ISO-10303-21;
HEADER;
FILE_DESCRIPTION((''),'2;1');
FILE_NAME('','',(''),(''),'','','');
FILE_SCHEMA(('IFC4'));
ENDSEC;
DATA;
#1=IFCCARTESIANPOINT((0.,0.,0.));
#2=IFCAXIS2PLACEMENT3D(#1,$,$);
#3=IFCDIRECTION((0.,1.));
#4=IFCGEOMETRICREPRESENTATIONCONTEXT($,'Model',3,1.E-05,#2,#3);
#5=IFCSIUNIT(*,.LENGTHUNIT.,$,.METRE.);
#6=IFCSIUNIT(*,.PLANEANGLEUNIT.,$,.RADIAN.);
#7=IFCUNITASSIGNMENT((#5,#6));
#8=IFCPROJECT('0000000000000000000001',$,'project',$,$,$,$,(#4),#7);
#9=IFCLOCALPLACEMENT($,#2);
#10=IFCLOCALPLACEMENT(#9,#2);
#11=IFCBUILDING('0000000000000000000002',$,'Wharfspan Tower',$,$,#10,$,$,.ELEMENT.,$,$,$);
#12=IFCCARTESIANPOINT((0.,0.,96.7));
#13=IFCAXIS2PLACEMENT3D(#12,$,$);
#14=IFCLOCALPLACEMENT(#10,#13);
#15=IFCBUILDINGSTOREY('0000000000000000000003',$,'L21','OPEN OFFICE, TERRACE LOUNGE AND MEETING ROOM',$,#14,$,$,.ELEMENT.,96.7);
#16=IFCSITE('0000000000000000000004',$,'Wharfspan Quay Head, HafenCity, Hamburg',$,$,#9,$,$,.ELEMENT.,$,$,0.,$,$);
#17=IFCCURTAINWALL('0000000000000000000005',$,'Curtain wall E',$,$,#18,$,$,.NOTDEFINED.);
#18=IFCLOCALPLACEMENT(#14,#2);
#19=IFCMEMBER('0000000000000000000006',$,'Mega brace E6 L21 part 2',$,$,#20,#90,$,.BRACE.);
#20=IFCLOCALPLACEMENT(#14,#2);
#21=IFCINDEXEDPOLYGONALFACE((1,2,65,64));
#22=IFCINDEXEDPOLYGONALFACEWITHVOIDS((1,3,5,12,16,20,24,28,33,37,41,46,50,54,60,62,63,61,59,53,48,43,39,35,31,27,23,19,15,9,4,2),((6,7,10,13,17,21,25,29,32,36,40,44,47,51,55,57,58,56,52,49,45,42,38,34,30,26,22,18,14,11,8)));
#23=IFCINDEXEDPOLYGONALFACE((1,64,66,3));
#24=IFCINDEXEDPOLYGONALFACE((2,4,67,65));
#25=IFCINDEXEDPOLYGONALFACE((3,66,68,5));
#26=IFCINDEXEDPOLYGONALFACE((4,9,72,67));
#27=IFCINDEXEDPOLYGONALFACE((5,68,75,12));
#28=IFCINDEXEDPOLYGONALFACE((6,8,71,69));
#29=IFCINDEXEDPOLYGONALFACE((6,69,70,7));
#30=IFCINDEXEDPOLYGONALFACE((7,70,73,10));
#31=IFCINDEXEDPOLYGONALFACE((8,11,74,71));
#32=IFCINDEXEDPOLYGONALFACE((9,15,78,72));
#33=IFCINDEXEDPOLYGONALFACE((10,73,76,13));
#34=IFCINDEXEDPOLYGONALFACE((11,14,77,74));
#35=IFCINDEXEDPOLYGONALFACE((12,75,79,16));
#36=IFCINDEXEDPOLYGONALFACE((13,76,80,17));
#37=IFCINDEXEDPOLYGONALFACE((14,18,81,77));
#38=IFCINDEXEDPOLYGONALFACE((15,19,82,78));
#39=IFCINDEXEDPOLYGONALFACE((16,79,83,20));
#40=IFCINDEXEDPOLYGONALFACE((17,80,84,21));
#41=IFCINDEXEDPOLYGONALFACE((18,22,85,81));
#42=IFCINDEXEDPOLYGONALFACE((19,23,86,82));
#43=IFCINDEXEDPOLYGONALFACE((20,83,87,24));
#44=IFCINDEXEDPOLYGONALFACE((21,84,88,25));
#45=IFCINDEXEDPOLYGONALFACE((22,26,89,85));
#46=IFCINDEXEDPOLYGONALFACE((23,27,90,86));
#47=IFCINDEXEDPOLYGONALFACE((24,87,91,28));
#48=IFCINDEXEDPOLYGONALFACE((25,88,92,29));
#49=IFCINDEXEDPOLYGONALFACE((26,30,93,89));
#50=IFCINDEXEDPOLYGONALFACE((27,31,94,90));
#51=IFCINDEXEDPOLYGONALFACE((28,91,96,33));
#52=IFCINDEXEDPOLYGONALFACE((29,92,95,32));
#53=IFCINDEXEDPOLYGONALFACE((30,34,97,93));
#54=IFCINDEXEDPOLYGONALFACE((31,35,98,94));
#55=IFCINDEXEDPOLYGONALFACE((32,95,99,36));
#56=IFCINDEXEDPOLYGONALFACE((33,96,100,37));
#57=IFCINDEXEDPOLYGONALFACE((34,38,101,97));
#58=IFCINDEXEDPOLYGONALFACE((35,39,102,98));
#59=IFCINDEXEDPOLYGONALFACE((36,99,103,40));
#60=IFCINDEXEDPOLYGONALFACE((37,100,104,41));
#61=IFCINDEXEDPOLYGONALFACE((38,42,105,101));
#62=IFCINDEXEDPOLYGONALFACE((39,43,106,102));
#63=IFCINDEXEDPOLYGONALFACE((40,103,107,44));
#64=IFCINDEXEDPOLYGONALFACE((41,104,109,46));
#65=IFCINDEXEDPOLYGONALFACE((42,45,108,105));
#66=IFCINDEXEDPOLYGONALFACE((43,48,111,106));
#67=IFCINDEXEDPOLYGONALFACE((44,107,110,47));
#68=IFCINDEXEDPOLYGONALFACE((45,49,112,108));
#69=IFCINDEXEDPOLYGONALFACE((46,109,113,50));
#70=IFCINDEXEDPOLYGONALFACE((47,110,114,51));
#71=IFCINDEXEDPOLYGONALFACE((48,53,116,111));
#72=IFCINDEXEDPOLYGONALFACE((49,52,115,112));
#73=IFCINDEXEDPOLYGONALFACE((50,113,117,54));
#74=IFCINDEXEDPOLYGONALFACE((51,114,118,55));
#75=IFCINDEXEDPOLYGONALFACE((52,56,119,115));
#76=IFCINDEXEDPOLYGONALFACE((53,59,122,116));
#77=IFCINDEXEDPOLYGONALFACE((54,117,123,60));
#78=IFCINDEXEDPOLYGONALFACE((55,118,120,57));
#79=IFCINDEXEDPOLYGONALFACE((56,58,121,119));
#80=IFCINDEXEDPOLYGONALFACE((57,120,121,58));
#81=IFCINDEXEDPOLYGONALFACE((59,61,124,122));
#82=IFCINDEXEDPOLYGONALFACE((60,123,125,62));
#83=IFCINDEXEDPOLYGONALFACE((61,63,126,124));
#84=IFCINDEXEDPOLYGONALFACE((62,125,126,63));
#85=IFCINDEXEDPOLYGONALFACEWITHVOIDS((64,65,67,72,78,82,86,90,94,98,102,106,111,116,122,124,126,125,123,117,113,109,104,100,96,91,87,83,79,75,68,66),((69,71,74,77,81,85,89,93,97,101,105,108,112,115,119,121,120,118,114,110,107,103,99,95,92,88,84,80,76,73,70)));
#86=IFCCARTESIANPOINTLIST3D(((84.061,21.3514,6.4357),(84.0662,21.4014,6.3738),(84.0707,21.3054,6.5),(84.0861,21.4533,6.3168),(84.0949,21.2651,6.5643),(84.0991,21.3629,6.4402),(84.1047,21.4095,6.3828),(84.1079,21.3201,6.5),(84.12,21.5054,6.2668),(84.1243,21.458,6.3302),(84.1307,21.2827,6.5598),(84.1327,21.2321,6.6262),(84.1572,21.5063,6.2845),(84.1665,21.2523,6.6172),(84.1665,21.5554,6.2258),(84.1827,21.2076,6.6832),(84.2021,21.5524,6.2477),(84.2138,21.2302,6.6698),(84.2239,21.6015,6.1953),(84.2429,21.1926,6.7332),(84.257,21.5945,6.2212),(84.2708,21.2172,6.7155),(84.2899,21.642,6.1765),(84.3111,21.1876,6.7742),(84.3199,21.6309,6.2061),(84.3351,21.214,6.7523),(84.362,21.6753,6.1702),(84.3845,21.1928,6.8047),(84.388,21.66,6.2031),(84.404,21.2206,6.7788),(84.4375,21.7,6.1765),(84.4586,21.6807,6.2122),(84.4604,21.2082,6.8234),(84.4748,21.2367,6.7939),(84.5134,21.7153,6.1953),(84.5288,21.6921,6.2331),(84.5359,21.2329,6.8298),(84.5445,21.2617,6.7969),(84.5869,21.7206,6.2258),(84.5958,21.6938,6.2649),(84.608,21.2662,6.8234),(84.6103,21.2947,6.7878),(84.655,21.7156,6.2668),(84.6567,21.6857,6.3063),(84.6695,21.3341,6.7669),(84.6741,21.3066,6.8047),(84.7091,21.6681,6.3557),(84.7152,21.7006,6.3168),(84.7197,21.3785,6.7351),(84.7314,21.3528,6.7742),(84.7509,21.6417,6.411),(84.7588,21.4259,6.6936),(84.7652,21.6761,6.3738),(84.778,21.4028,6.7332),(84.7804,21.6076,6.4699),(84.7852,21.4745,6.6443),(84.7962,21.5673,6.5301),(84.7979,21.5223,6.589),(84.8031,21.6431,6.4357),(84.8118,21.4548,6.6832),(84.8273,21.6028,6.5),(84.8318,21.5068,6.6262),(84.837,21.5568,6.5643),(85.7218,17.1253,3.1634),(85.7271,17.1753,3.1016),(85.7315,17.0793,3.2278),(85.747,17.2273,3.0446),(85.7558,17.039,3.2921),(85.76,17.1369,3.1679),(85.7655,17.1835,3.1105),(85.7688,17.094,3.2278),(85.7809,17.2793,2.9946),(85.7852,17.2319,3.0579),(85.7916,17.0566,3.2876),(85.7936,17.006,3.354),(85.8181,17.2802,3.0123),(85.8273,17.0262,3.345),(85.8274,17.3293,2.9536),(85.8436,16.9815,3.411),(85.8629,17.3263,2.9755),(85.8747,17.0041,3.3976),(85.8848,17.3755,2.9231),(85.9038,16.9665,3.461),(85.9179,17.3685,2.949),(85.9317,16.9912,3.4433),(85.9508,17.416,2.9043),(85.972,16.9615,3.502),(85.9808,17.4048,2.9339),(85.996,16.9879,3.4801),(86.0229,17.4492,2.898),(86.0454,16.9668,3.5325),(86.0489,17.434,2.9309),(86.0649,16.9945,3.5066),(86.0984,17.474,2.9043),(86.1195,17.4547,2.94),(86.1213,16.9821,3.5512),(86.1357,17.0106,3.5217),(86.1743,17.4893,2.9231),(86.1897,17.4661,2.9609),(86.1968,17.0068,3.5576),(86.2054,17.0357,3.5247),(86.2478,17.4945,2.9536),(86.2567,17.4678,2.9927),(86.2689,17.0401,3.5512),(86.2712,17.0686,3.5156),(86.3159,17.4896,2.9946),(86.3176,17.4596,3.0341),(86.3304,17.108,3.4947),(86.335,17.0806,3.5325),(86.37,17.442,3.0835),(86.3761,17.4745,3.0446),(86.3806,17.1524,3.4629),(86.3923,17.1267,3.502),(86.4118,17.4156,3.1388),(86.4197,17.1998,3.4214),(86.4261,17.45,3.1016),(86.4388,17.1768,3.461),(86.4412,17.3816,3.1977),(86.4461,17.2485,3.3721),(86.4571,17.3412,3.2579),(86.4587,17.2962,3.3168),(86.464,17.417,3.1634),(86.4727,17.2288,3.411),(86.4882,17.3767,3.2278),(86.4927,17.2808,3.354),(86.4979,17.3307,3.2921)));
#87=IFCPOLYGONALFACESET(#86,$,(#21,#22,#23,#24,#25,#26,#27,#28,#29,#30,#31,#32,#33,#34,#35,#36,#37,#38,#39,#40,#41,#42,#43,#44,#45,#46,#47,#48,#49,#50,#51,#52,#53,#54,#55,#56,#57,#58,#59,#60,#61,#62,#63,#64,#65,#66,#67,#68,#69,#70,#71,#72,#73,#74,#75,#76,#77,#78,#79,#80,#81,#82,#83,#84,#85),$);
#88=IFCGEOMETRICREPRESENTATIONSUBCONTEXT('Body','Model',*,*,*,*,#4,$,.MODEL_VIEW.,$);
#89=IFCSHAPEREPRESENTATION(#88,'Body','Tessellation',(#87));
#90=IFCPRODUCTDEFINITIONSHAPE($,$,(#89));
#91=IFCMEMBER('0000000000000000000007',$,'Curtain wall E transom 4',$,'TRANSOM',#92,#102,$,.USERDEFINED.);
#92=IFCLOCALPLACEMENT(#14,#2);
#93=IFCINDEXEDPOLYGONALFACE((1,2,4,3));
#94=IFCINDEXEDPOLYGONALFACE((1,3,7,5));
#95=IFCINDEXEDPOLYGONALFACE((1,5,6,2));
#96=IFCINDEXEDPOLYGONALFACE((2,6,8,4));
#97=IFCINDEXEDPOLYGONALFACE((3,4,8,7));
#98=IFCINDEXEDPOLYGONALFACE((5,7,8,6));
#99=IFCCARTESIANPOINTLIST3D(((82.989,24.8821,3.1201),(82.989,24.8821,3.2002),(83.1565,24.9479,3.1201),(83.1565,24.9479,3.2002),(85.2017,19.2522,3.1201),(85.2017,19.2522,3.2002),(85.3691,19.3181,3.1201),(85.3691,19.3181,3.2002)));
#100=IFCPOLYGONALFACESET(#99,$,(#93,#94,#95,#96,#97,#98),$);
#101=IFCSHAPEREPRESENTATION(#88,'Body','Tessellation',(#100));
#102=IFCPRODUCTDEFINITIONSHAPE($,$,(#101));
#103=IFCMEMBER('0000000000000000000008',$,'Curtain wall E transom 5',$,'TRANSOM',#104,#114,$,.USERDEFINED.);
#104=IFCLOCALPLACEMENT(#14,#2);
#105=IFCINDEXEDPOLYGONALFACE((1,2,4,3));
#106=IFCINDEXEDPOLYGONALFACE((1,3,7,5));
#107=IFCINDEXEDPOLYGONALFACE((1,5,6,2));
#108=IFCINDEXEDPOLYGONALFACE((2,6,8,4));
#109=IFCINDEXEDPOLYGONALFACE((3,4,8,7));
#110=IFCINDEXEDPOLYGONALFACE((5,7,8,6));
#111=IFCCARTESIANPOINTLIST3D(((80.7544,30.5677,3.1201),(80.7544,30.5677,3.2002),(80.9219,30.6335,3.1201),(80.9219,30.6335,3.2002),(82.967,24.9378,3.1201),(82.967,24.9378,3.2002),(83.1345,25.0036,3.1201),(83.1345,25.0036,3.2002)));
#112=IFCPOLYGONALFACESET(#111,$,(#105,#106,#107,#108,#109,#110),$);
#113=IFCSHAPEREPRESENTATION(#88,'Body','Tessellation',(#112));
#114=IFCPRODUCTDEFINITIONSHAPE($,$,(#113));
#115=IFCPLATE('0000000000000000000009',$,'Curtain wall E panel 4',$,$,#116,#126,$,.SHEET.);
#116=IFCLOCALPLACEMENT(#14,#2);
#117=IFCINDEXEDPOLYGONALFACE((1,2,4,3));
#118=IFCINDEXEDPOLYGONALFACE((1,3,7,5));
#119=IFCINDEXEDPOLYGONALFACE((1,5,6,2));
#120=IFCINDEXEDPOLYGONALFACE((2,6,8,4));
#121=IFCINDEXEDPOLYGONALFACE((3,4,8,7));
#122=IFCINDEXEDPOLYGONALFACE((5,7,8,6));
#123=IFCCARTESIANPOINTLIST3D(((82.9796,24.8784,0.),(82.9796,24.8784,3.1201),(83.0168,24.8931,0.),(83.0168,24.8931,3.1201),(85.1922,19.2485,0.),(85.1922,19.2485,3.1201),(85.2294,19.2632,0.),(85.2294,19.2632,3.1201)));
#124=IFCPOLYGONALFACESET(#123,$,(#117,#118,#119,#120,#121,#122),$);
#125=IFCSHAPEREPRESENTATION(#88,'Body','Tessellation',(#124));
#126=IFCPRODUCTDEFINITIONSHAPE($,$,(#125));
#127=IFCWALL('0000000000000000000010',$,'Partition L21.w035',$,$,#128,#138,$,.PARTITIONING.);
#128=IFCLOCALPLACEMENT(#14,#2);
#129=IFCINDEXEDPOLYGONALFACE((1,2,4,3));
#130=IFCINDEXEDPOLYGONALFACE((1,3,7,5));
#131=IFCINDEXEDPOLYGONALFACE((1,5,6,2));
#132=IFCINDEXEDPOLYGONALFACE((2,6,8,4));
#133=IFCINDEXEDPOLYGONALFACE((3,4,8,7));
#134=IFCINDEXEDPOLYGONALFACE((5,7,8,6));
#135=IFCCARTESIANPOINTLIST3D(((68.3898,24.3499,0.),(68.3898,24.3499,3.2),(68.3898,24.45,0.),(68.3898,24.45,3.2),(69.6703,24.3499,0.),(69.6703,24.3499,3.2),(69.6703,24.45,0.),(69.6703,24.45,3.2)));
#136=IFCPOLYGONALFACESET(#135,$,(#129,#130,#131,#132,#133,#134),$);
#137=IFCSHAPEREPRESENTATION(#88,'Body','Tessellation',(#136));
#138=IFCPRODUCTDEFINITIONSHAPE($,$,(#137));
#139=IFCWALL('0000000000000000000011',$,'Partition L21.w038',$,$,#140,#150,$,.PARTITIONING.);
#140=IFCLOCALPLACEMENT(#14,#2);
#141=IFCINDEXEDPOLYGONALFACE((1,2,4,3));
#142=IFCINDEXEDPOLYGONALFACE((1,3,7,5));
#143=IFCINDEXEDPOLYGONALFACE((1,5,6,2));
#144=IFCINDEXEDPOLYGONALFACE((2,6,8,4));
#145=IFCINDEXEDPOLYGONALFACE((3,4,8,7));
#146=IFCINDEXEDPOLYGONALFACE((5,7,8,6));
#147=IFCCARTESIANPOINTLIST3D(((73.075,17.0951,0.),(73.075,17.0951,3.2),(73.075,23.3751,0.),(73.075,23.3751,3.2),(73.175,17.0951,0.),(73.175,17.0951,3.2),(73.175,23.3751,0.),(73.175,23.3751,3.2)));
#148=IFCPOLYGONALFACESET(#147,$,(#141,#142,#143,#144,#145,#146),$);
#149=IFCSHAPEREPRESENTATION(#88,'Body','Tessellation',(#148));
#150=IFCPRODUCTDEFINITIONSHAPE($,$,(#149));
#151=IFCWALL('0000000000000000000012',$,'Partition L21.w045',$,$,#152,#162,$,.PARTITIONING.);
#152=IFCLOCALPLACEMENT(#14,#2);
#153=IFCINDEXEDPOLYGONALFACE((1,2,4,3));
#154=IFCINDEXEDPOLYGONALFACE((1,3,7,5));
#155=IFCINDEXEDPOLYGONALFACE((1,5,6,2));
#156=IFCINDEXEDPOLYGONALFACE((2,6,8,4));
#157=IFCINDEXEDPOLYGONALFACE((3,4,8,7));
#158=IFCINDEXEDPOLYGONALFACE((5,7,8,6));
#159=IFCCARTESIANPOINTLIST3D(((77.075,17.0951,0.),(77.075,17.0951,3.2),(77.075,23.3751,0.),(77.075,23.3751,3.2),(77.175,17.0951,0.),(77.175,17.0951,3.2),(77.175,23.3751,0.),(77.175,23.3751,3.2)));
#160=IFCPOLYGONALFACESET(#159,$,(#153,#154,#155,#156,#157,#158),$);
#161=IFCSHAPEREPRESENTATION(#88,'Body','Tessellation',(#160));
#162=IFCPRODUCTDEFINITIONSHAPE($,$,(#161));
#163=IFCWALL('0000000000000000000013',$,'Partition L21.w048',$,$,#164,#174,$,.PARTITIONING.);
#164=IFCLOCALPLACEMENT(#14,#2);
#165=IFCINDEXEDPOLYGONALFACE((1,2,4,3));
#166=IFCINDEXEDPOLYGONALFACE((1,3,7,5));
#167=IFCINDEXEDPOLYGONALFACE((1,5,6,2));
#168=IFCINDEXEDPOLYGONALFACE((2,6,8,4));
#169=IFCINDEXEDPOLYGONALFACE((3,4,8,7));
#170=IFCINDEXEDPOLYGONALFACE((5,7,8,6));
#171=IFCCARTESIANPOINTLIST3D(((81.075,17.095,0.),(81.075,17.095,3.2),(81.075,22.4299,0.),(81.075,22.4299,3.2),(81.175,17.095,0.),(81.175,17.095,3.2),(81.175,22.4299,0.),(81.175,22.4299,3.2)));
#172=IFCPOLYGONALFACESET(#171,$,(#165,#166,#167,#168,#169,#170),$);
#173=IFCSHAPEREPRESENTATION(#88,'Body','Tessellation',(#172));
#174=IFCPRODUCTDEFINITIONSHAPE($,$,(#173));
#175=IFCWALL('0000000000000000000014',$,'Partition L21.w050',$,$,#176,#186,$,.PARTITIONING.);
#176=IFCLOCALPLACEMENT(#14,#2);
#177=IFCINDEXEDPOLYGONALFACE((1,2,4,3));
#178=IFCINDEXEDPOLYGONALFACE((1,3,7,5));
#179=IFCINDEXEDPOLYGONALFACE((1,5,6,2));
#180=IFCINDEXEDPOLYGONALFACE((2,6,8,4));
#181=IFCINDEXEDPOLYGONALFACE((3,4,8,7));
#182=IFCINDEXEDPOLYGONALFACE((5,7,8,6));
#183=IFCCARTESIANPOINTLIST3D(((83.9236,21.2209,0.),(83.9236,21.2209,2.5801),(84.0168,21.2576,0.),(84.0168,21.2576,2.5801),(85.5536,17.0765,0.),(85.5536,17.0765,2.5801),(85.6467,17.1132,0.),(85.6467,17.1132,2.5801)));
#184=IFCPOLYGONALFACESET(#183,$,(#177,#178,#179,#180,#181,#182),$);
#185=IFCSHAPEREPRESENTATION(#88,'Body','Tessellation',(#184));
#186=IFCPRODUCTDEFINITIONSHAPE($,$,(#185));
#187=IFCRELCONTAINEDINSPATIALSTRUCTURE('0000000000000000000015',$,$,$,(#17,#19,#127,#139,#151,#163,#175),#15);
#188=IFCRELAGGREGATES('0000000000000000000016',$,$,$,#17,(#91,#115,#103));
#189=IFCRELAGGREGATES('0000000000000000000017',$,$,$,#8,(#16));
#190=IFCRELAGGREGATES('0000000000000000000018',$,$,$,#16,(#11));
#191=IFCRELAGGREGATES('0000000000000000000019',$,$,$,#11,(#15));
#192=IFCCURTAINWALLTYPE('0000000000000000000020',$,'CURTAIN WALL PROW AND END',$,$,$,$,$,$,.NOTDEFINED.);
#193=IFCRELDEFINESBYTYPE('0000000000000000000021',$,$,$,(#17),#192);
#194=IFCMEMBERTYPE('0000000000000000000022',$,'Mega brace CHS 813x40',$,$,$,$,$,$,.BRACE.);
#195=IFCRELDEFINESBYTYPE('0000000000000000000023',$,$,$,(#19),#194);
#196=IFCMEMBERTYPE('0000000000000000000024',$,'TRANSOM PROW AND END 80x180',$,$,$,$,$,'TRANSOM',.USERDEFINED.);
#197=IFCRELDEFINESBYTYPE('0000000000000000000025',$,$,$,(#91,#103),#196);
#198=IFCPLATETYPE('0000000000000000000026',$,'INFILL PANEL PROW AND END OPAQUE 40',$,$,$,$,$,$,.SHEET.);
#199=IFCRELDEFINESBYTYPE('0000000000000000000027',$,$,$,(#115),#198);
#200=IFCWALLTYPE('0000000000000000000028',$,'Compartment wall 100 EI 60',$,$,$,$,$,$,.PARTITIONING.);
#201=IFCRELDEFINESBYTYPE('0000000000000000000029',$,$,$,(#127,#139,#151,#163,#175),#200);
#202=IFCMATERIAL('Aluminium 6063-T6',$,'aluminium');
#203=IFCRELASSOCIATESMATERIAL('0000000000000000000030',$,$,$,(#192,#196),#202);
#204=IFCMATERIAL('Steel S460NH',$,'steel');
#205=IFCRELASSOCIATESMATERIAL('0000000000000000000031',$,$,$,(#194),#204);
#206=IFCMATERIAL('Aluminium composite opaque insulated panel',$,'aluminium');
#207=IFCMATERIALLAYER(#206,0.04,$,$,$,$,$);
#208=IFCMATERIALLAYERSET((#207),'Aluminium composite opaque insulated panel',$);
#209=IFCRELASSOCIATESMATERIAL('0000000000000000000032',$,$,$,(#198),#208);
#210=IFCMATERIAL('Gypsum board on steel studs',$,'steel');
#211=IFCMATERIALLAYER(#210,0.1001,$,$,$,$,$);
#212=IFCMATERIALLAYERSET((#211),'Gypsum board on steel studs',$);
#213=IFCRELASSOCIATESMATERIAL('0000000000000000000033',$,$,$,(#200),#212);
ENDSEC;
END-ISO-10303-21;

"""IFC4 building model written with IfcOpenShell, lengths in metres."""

from ifc_helpers import new_model, si_unit, direction, frame, frame_2d, origin, origin_2d, place, context, subcontext, project, spatial, rectangle, hollow_circle, extrude, material, layer, layer_set, material_profile, profile_set, type_object, element, aggregate, save


model = new_model("IFC4")

# Units and contexts
model_context = context("Model", 3, precision=1e-05, world=origin(), true_north=direction((0.0, 1.0)))
body_context = subcontext(model_context, "Body", "Model", "MODEL_VIEW")
ifc_project = project(units=[si_unit("LENGTHUNIT", "METRE"), si_unit("PLANEANGLEUNIT", "RADIAN")], contexts=[model_context])

# Site, building, storey
site_placement = place(None, origin())
site = spatial("IfcSite", under=ifc_project, at=site_placement, Name="Wharfspan Quay Head, HafenCity, Hamburg", CompositionType="ELEMENT", RefElevation=0.0)
building_placement = place(site_placement, origin())
building = spatial("IfcBuilding", under=site, at=building_placement, Name="Wharfspan Tower", CompositionType="ELEMENT")
storey_placement = place(building_placement, frame((0.0, 0.0, 96.7)))
storey = spatial("IfcBuildingStorey", under=building, at=storey_placement, Name="L21", Description="OPEN OFFICE, TERRACE LOUNGE AND MEETING ROOM", CompositionType="ELEMENT", Elevation=96.7)

# Curtain wall
ifc_material_1 = material(Name="Aluminium 6063-T6", Category="aluminium")
curtain_wall_type = type_object("IfcCurtainWallType", Name="CURTAIN WALL PROW AND END", PredefinedType="NOTDEFINED", material=ifc_material_1)
curtain_wall_placement = place(storey_placement, origin())
curtain_wall = element("IfcCurtainWall", 1, at=curtain_wall_placement, inside=storey, type_object=curtain_wall_type, Name="Curtain wall E", PredefinedType="NOTDEFINED")

# Member
ifc_material_2 = material(Name="Steel S460NH", Category="steel")
ifc_material_profile_1 = material_profile(ifc_material_2, hollow_circle(Radius=0.4065, WallThickness=0.04, at=origin_2d()))
ifc_profile_set_1 = profile_set([ifc_material_profile_1], Name="Steel S460NH")
member_type_1 = type_object("IfcMemberType", Name="Mega brace CHS 813x40", PredefinedType="BRACE", material=ifc_profile_set_1)
member_1_placement = place(storey_placement, frame((86.1099, 17.228, 3.2278), z_axis=(-0.29675, 0.75507, 0.584645), x_axis=(-0.930704, -0.365779, 0.000004)))
element("IfcMember", 2, at=member_1_placement, inside=storey, type_object=member_type_1, Name="Mega brace E6 L21 part 2", PredefinedType="BRACE", context=body_context, shape_type="SweptSolid", body=[
    extrude(hollow_circle(Radius=0.4065, WallThickness=0.04, at=origin_2d()), origin(), (0.0, 0.0, 1.0), 5.5969),
])

# Members
ifc_material_profile_2 = material_profile(ifc_material_1, rectangle(XDim=0.1799, YDim=0.0801, at=origin_2d()))
ifc_profile_set_2 = profile_set([ifc_material_profile_2], Name="Aluminium 6063-T6")
member_type_2 = type_object("IfcMemberType", Name="TRANSOM PROW AND END 80x180", ElementType="TRANSOM", PredefinedType="USERDEFINED", material=ifc_profile_set_2)
member_2_placement = place(storey_placement, frame((85.2854, 19.2852, 3.1602), z_axis=(-0.365782, 0.9307, 0.0), x_axis=(-0.9307, -0.365782, 0.0)))
member_2 = element("IfcMember", 3, at=member_2_placement, type_object=member_type_2, Name="Curtain wall E transom 4", ObjectType="TRANSOM", PredefinedType="USERDEFINED", context=body_context, shape_type="SweptSolid", body=[
    extrude(rectangle(XDim=0.1799, YDim=0.0801, at=origin_2d()), origin(), (0.0, 0.0, 1.0), 6.0491),
])
member_3_placement = place(storey_placement, frame((83.0508, 24.9707, 3.1602), z_axis=(-0.365782, 0.9307, 0.0), x_axis=(-0.9307, -0.365782, 0.0)))
member_3 = element("IfcMember", 4, at=member_3_placement, type_object=member_type_2, Name="Curtain wall E transom 5", ObjectType="TRANSOM", PredefinedType="USERDEFINED", context=body_context, shape_type="SweptSolid", body=[
    extrude(rectangle(XDim=0.1799, YDim=0.0801, at=origin_2d()), origin(), (0.0, 0.0, 1.0), 6.0491),
])

# Plate
ifc_material_3 = material(Name="Aluminium composite opaque insulated panel", Category="aluminium")
ifc_layer_1 = layer(ifc_material_3, 0.04)
ifc_layer_set_1 = layer_set([ifc_layer_1], Name="Aluminium composite opaque insulated panel")
plate_type = type_object("IfcPlateType", Name="INFILL PANEL PROW AND END OPAQUE 40", PredefinedType="SHEET", material=ifc_layer_set_1)
plate_placement = place(storey_placement, frame((84.1045, 22.0708, 0.0), z_axis=(0.0, 0.0, 1.0), x_axis=(-0.365778, 0.930702, 0.0)))
plate = element("IfcPlate", 5, at=plate_placement, type_object=plate_type, Name="Curtain wall E panel 4", PredefinedType="SHEET", context=body_context, shape_type="SweptSolid", body=[
    extrude(rectangle(XDim=6.0491, YDim=0.04, at=origin_2d()), origin(), (0.0, 0.0, 1.0), 3.1201),
])
aggregate(curtain_wall, [member_2, plate, member_3])

# Walls
ifc_material_4 = material(Name="Gypsum board on steel studs", Category="steel")
ifc_layer_2 = layer(ifc_material_4, 0.1001)
ifc_layer_set_2 = layer_set([ifc_layer_2], Name="Gypsum board on steel studs")
wall_type_1 = type_object("IfcWallType", Name="Compartment wall 100 EI 60", PredefinedType="PARTITIONING", material=ifc_layer_set_2)
wall_1_placement = place(storey_placement, frame((68.3899, 24.3999, 0.0), z_axis=(0.0, 0.0, 1.0), x_axis=(1.0, 0.0, 0.0)))
element("IfcWall", 6, at=wall_1_placement, inside=storey, type_object=wall_type_1, Name="Partition L21.w035", PredefinedType="PARTITIONING", context=body_context, shape_type="SweptSolid", body=[
    extrude(rectangle(XDim=1.2805, YDim=0.1001, at=frame_2d((0.6401, 0.0))), origin(), (0.0, 0.0, 1.0), 3.2),
])
for number, where, z_axis, x_axis, name in (
    (7, (73.125, 17.095, 0.0), (0.0, 0.0, 1.0), (0.0, 1.0, 0.0), "Partition L21.w038"),
    (8, (77.125, 17.095, 0.0), (0.0, 0.0, 1.0), (0.0, 1.0, 0.0), "Partition L21.w045"),
):
    element("IfcWall", number, at=place(storey_placement, frame(where, z_axis=z_axis, x_axis=x_axis)), inside=storey, type_object=wall_type_1, Name=name, PredefinedType="PARTITIONING", context=body_context, shape_type="SweptSolid", body=[
        extrude(rectangle(XDim=6.28, YDim=0.1001, at=frame_2d((3.1401, 0.0))), origin(), (0.0, 0.0, 1.0), 3.2),
    ])
wall_2_placement = place(storey_placement, frame((81.125, 17.095, 0.0), z_axis=(0.0, 0.0, 1.0), x_axis=(0.0, 1.0, 0.0)))
element("IfcWall", 9, at=wall_2_placement, inside=storey, type_object=wall_type_1, Name="Partition L21.w048", PredefinedType="PARTITIONING", context=body_context, shape_type="SweptSolid", body=[
    extrude(rectangle(XDim=5.335, YDim=0.1001, at=frame_2d((2.6675, 0.0))), origin(), (0.0, 0.0, 1.0), 3.2),
])
wall_3_placement = place(storey_placement, frame((85.6001, 17.095, 0.0), z_axis=(0.0, 0.0, 1.0), x_axis=(-0.365997, 0.930617, 0.0)))
element("IfcWall", 10, at=wall_3_placement, inside=storey, type_object=wall_type_1, Name="Partition L21.w050", PredefinedType="PARTITIONING", context=body_context, shape_type="SweptSolid", body=[
    extrude(rectangle(XDim=4.4534, YDim=0.1001, at=frame_2d((2.2266, 0.0))), origin(), (0.0, 0.0, 1.0), 2.5801),
])

save(model, "model.ifc")
